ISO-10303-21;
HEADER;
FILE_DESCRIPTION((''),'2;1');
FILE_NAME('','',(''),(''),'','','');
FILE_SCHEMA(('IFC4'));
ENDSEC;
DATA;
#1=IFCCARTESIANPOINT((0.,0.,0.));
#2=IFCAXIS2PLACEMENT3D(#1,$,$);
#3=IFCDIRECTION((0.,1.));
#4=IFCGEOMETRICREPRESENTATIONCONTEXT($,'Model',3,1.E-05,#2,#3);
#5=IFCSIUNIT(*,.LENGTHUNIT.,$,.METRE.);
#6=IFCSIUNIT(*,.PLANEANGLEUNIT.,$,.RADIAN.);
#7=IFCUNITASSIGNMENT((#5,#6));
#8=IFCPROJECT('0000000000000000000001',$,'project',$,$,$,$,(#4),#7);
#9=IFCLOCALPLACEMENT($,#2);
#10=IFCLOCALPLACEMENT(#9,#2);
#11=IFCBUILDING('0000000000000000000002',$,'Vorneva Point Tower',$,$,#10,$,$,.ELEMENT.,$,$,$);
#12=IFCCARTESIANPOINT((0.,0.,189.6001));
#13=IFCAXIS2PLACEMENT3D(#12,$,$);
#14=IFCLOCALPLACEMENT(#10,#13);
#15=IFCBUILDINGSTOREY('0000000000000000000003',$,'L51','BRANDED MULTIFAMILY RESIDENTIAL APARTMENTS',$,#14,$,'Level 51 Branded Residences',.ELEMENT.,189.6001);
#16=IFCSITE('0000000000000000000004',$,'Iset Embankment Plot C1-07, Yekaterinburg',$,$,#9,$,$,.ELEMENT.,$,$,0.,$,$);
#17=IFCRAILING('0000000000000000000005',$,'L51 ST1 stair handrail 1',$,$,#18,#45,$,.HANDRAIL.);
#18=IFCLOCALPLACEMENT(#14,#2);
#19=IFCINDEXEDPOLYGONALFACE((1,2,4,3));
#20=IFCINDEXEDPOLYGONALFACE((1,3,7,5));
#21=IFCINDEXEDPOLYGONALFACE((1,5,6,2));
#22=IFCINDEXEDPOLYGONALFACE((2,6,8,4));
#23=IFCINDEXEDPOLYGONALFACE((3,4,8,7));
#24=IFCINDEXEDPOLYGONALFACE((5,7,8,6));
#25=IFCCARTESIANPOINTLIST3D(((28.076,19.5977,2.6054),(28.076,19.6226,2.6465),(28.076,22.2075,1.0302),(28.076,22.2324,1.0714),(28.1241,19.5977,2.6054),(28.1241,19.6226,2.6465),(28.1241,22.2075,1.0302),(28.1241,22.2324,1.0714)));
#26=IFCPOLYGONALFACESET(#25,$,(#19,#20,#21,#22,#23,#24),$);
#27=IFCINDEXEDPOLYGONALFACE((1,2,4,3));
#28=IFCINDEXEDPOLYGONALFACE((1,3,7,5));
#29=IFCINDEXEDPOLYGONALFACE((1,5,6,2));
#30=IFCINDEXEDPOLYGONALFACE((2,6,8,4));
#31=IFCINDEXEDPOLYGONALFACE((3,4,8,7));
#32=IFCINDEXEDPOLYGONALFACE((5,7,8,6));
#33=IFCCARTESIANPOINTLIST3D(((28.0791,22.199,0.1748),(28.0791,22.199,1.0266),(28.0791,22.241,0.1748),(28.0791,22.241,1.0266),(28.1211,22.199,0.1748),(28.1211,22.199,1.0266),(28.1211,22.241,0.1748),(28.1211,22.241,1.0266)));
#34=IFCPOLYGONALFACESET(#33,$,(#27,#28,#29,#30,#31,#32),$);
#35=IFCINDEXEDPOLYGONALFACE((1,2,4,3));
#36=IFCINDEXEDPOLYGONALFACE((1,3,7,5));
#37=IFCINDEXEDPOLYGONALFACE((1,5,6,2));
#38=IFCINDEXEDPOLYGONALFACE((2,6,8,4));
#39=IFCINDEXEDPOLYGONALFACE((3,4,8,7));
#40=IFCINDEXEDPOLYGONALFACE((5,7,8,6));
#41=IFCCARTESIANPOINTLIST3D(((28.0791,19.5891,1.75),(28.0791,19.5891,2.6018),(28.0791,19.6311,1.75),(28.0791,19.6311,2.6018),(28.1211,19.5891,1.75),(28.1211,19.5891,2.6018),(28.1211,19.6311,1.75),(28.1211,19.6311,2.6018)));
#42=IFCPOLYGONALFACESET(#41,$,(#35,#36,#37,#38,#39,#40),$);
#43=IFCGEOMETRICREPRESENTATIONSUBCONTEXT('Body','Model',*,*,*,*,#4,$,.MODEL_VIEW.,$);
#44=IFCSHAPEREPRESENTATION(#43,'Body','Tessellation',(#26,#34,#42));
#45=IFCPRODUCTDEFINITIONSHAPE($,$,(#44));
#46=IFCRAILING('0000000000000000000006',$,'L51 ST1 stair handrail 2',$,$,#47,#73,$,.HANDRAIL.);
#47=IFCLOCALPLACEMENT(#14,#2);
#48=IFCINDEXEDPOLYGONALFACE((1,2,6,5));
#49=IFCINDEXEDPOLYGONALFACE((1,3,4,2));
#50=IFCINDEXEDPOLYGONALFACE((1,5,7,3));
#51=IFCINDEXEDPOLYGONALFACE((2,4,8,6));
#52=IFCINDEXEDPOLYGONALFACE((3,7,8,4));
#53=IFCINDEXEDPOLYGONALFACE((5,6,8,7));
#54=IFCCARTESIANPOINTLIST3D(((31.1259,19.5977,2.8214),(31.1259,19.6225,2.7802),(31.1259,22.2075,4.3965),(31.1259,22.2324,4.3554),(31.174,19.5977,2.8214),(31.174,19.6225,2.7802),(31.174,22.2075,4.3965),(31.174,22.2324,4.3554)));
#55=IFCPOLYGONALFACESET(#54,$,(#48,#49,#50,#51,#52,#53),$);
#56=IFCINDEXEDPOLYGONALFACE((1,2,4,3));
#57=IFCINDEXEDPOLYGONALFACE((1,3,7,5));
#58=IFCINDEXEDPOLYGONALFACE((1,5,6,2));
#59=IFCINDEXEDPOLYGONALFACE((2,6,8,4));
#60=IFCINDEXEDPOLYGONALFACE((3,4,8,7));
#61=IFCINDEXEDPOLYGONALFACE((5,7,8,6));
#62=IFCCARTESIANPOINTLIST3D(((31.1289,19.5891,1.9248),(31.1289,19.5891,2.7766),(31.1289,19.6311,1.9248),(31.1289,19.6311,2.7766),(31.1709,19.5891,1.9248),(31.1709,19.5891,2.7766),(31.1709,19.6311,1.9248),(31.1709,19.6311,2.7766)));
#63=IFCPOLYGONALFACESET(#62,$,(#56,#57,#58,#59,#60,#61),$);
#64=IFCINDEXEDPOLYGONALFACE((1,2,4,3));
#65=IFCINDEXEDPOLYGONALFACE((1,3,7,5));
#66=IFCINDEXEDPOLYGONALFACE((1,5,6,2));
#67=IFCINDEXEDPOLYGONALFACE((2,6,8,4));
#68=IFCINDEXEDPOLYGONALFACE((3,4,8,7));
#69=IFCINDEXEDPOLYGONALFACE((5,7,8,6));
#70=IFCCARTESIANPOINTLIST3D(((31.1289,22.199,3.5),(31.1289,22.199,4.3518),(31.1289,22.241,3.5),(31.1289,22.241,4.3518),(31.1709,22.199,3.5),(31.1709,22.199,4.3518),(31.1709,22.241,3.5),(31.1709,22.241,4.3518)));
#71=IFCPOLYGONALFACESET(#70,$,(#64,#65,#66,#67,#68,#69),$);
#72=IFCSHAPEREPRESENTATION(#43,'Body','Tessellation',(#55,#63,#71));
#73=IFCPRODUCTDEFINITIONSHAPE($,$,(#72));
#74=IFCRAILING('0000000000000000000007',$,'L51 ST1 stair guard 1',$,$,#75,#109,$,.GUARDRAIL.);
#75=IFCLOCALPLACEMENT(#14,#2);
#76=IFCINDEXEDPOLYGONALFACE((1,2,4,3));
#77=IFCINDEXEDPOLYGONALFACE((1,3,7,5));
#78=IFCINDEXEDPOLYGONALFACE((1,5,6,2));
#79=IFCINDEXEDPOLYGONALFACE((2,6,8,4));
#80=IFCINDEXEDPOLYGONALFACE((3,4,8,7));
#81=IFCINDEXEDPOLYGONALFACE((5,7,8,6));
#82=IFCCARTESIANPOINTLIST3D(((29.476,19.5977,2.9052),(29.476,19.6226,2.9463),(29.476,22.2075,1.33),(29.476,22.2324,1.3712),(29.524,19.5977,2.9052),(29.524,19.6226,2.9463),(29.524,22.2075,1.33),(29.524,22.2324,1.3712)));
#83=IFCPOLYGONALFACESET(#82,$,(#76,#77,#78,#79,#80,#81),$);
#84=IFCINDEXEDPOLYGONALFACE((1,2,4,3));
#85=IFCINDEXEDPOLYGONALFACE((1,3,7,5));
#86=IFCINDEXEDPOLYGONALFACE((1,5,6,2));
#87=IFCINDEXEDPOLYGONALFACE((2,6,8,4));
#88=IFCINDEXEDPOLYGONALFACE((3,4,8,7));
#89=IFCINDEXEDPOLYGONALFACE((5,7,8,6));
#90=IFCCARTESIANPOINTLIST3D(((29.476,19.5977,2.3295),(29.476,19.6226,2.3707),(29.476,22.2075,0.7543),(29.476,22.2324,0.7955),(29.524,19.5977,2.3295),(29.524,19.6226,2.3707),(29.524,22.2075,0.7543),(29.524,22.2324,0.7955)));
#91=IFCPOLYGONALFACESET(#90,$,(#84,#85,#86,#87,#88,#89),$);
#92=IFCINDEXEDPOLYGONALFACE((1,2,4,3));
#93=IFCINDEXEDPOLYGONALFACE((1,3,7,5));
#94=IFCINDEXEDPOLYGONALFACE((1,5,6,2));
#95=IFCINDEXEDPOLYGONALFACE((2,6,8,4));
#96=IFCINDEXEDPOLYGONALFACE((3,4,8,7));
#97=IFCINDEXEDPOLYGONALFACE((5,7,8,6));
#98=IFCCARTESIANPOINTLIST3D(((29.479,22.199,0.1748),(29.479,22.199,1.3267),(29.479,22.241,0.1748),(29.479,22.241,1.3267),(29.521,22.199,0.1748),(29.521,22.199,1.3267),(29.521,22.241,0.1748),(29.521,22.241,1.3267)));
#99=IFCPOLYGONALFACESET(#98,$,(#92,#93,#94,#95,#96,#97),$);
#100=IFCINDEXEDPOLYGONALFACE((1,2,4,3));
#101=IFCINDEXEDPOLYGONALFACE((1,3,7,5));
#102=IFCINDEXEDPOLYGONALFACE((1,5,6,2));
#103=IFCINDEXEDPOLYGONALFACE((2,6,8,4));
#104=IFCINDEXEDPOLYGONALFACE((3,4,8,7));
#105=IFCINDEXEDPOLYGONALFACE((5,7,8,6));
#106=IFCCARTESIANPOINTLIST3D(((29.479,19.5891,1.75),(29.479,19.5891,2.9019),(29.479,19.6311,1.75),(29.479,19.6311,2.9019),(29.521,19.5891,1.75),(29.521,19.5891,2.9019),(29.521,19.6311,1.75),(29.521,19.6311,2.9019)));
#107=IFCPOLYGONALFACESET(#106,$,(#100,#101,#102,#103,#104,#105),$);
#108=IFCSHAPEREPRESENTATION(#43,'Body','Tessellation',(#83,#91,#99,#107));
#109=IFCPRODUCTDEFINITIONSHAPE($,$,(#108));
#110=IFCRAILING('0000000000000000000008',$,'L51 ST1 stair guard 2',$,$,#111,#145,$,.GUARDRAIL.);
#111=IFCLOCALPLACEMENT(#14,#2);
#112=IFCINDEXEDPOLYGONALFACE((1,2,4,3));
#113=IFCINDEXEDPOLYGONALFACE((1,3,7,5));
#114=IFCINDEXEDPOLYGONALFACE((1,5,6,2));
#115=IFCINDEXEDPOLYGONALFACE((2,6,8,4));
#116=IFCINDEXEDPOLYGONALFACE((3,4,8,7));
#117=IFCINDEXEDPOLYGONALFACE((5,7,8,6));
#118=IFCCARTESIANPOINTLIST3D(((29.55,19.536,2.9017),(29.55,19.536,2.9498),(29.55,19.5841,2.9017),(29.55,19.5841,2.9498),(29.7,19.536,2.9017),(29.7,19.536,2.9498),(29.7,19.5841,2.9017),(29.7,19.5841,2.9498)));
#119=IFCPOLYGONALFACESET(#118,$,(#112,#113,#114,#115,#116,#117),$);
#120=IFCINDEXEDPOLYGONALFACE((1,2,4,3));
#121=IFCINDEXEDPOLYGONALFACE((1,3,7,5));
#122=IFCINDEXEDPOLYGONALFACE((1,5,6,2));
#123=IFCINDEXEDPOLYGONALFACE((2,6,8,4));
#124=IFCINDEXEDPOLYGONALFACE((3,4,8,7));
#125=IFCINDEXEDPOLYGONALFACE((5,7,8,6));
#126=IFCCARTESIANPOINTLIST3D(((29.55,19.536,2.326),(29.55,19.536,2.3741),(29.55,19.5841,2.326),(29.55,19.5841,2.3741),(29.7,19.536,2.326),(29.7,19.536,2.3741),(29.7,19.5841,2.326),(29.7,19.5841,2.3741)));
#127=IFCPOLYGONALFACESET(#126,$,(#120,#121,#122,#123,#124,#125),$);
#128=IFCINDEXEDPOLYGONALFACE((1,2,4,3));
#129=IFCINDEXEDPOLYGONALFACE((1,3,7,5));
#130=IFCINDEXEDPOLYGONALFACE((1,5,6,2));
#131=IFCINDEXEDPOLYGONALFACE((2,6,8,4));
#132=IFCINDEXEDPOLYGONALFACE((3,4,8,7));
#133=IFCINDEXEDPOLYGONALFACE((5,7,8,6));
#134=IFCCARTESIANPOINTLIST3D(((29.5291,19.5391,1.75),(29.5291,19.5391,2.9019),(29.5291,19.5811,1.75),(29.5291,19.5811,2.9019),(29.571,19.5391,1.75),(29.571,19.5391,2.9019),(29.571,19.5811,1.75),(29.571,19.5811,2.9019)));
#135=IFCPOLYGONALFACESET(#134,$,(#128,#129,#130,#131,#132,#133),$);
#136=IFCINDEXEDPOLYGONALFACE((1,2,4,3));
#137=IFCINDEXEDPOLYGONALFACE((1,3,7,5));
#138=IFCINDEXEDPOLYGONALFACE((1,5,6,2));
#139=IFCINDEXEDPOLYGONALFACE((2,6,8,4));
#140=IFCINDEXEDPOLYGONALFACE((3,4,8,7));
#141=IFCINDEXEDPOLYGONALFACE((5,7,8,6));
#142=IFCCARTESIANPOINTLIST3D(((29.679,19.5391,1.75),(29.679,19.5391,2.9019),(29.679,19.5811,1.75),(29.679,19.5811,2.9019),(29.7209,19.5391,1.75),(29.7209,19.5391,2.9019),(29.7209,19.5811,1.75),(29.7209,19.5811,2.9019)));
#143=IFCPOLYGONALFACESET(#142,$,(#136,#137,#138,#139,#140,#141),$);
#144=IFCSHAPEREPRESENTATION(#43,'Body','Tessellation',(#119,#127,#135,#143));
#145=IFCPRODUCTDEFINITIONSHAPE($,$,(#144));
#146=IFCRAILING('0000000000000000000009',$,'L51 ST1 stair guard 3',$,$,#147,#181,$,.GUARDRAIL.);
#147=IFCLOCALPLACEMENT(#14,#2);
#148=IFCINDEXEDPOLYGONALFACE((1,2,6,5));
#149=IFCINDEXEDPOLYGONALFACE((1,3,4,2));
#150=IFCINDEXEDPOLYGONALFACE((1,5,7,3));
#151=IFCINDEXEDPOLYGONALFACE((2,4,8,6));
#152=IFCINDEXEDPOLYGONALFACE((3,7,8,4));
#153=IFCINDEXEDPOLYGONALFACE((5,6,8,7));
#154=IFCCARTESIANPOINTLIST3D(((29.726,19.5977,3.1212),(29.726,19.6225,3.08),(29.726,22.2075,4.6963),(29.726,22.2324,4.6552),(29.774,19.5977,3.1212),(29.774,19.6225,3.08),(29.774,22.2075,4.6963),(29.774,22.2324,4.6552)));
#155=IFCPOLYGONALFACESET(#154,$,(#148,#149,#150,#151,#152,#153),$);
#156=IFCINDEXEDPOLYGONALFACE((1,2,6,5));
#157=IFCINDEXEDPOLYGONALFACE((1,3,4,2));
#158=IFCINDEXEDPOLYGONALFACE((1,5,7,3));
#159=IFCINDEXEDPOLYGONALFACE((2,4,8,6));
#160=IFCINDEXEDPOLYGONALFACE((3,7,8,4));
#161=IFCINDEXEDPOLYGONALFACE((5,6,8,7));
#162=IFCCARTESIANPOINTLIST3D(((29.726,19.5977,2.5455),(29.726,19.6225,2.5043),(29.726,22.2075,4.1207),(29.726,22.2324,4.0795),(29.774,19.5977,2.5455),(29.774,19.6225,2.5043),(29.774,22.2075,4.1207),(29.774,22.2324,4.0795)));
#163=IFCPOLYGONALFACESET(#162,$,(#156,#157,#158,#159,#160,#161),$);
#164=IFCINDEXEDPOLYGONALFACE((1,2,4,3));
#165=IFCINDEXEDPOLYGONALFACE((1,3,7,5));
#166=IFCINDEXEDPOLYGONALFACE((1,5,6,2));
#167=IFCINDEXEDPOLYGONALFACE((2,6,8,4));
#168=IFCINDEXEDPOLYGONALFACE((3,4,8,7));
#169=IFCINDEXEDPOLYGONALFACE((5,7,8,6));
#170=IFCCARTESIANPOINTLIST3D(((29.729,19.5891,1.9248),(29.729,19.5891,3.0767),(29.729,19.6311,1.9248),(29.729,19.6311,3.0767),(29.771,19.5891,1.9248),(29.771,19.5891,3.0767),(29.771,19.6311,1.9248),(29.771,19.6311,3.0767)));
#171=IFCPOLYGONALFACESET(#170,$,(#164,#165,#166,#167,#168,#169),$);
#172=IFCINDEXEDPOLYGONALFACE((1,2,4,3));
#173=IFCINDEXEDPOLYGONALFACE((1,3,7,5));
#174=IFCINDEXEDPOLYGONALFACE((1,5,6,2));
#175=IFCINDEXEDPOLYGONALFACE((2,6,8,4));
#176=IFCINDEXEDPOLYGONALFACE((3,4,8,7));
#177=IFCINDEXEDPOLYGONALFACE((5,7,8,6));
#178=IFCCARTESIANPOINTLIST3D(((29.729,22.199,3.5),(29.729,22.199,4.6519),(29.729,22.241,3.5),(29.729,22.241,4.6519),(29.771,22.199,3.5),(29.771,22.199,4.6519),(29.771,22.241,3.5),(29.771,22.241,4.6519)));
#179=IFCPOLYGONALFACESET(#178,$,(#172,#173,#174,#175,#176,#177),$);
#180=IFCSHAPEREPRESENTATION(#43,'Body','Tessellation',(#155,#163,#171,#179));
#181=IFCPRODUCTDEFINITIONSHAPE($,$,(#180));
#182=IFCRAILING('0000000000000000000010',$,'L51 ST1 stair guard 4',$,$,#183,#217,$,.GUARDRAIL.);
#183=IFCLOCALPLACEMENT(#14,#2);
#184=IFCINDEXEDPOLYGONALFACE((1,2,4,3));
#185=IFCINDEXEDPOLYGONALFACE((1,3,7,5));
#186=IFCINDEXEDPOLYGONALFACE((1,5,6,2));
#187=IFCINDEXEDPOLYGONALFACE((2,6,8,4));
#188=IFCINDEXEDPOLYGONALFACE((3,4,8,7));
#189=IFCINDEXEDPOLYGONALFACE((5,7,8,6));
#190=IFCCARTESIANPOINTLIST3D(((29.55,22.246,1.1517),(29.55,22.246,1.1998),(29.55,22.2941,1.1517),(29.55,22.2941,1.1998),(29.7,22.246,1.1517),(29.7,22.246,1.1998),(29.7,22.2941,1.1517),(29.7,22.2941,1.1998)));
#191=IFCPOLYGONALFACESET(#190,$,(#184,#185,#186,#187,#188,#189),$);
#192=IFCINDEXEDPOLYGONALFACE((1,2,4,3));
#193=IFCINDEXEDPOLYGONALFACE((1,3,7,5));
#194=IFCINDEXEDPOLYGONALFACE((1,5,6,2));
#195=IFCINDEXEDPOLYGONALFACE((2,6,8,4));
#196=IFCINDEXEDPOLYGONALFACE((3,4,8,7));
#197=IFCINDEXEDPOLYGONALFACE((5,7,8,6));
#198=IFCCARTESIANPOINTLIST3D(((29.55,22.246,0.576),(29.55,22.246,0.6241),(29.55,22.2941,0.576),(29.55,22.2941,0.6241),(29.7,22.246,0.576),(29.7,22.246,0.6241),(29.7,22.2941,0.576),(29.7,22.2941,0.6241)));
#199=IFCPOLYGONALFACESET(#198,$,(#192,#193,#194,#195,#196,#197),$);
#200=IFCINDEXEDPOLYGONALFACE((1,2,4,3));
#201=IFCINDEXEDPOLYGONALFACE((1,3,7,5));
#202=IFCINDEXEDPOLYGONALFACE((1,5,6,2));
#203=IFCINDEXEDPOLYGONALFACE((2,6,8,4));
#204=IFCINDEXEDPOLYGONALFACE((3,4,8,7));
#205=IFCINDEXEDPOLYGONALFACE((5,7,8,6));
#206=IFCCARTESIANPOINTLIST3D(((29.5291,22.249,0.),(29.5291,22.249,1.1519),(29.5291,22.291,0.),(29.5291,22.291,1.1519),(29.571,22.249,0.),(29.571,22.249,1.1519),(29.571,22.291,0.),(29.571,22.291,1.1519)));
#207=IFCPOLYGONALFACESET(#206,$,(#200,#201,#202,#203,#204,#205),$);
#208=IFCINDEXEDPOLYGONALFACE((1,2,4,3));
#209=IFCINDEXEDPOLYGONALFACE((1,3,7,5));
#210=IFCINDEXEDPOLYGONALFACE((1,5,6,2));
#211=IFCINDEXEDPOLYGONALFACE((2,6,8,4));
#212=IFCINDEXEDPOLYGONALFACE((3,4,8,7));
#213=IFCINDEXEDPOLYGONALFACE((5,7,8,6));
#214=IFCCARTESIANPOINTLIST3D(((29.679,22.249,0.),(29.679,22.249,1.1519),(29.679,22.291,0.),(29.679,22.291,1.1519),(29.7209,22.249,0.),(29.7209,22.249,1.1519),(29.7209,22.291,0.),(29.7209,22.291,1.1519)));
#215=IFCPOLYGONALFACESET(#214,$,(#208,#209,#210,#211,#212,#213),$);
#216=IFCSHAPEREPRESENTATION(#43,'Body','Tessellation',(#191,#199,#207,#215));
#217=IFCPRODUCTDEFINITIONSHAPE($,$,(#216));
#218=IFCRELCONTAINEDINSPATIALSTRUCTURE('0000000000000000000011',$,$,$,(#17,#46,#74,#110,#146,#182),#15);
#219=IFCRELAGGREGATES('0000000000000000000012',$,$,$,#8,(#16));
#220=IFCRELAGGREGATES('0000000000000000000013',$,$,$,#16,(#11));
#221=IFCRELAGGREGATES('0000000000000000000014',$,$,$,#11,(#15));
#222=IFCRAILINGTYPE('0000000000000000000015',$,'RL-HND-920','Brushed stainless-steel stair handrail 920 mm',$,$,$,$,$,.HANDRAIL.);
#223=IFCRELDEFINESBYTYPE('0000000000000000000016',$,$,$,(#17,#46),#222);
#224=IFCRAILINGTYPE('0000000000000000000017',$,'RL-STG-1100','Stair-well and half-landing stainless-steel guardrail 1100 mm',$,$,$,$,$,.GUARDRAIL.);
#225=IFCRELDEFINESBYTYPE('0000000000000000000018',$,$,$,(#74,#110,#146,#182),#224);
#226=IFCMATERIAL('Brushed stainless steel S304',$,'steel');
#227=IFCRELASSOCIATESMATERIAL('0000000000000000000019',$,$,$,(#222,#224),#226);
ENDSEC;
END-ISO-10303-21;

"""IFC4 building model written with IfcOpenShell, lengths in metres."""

from ifc_helpers import new_model, si_unit, direction, frame, origin, origin_2d, place, context, subcontext, project, spatial, rectangle, extrude, material, type_object, element, save


model = new_model("IFC4")

# Units and contexts
model_context = context("Model", 3, precision=1e-05, world=origin(), true_north=direction((0.0, 1.0)))
body_context = subcontext(model_context, "Body", "Model", "MODEL_VIEW")
ifc_project = project(units=[si_unit("LENGTHUNIT", "METRE"), si_unit("PLANEANGLEUNIT", "RADIAN")], contexts=[model_context])

# Site, building, storey
site_placement = place(None, origin())
site = spatial("IfcSite", under=ifc_project, at=site_placement, Name="Iset Embankment Plot C1-07, Yekaterinburg", CompositionType="ELEMENT", RefElevation=0.0)
building_placement = place(site_placement, origin())
building = spatial("IfcBuilding", under=site, at=building_placement, Name="Vorneva Point Tower", CompositionType="ELEMENT")
storey_placement = place(building_placement, frame((0.0, 0.0, 189.6001)))
storey = spatial("IfcBuildingStorey", under=building, at=storey_placement, Name="L51", Description="BRANDED MULTIFAMILY RESIDENTIAL APARTMENTS", LongName="Level 51 Branded Residences", CompositionType="ELEMENT", Elevation=189.6001)

# Shared definitions
ifc_material_1 = material(Name="Brushed stainless steel S304", Category="steel")

# Railings
railing_type_1 = type_object("IfcRailingType", Name="RL-HND-920", Description="Brushed stainless-steel stair handrail 920 mm", PredefinedType="HANDRAIL", material=ifc_material_1)
railing_1_placement = place(storey_placement, frame((28.1001, 22.22, 0.1748)))
element("IfcRailing", 1, at=railing_1_placement, inside=storey, type_object=railing_type_1, Name="L51 ST1 stair handrail 1", PredefinedType="HANDRAIL", context=body_context, shape_type="SweptSolid", body=[
    extrude(rectangle(XDim=0.0481, YDim=0.0481, at=origin_2d()), frame((0.0, 0.0, 0.876), z_axis=(0.0, -0.856147, 0.516732), x_axis=(1.0, 0.0, 0.0)), (0.0, 0.0, 1.0), 3.0483),
    extrude(rectangle(XDim=0.042, YDim=0.042, at=origin_2d()), origin(), (0.0, 0.0, 1.0), 0.8518),
    extrude(rectangle(XDim=0.042, YDim=0.042, at=origin_2d()), frame((0.0, -2.6099, 1.5752)), (0.0, 0.0, 1.0), 0.8518),
])
railing_2_placement = place(storey_placement, frame((31.1499, 19.6101, 1.9248)))
element("IfcRailing", 2, at=railing_2_placement, inside=storey, type_object=railing_type_1, Name="L51 ST1 stair handrail 2", PredefinedType="HANDRAIL", context=body_context, shape_type="SweptSolid", body=[
    extrude(rectangle(XDim=0.0481, YDim=0.0481, at=origin_2d()), frame((0.0, 0.0, 0.876), z_axis=(0.0, 0.856147, 0.516732), x_axis=(-1.0, 0.0, 0.0)), (0.0, 0.0, 1.0), 3.0483),
    extrude(rectangle(XDim=0.042, YDim=0.042, at=origin_2d()), origin(), (0.0, 0.0, 1.0), 0.8518),
    extrude(rectangle(XDim=0.042, YDim=0.042, at=origin_2d()), frame((0.0, 2.6099, 1.5752)), (0.0, 0.0, 1.0), 0.8518),
])
railing_type_2 = type_object("IfcRailingType", Name="RL-STG-1100", Description="Stair-well and half-landing stainless-steel guardrail 1100 mm", PredefinedType="GUARDRAIL", material=ifc_material_1)
railing_3_placement = place(storey_placement, frame((29.5, 22.22, 0.1748)))
element("IfcRailing", 3, at=railing_3_placement, inside=storey, type_object=railing_type_2, Name="L51 ST1 stair guard 1", PredefinedType="GUARDRAIL", context=body_context, shape_type="SweptSolid", body=[
    extrude(rectangle(XDim=0.0481, YDim=0.0481, at=origin_2d()), frame((0.0, 0.0, 1.1758), z_axis=(0.0, -0.856147, 0.516732), x_axis=(1.0, 0.0, 0.0)), (0.0, 0.0, 1.0), 3.0483),
    extrude(rectangle(XDim=0.0481, YDim=0.0481, at=origin_2d()), frame((0.0, 0.0, 0.6001), z_axis=(0.0, -0.856147, 0.516732), x_axis=(1.0, 0.0, 0.0)), (0.0, 0.0, 1.0), 3.0483),
    extrude(rectangle(XDim=0.042, YDim=0.042, at=origin_2d()), origin(), (0.0, 0.0, 1.0), 1.1519),
    extrude(rectangle(XDim=0.042, YDim=0.042, at=origin_2d()), frame((0.0, -2.6099, 1.5752)), (0.0, 0.0, 1.0), 1.1519),
])
railing_4_placement = place(storey_placement, frame((29.55, 19.5601, 1.75)))
element("IfcRailing", 4, at=railing_4_placement, inside=storey, type_object=railing_type_2, Name="L51 ST1 stair guard 2", PredefinedType="GUARDRAIL", context=body_context, shape_type="SweptSolid", body=[
    extrude(rectangle(XDim=0.0481, YDim=0.0481, at=origin_2d()), frame((0.0, 0.0, 1.1758), z_axis=(1.0, 0.0, 0.0), x_axis=(0.0, 1.0, 0.0)), (0.0, 0.0, 1.0), 0.1499),
    extrude(rectangle(XDim=0.0481, YDim=0.0481, at=origin_2d()), frame((0.0, 0.0, 0.6001), z_axis=(1.0, 0.0, 0.0), x_axis=(0.0, 1.0, 0.0)), (0.0, 0.0, 1.0), 0.1499),
    extrude(rectangle(XDim=0.042, YDim=0.042, at=origin_2d()), origin(), (0.0, 0.0, 1.0), 1.1519),
    extrude(rectangle(XDim=0.042, YDim=0.042, at=origin_2d()), frame((0.1499, 0.0, 0.0)), (0.0, 0.0, 1.0), 1.1519),
])
railing_5_placement = place(storey_placement, frame((29.75, 19.6101, 1.9248)))
element("IfcRailing", 5, at=railing_5_placement, inside=storey, type_object=railing_type_2, Name="L51 ST1 stair guard 3", PredefinedType="GUARDRAIL", context=body_context, shape_type="SweptSolid", body=[
    extrude(rectangle(XDim=0.0481, YDim=0.0481, at=origin_2d()), frame((0.0, 0.0, 1.1758), z_axis=(0.0, 0.856147, 0.516732), x_axis=(-1.0, 0.0, 0.0)), (0.0, 0.0, 1.0), 3.0483),
    extrude(rectangle(XDim=0.0481, YDim=0.0481, at=origin_2d()), frame((0.0, 0.0, 0.6001), z_axis=(0.0, 0.856147, 0.516732), x_axis=(-1.0, 0.0, 0.0)), (0.0, 0.0, 1.0), 3.0483),
    extrude(rectangle(XDim=0.042, YDim=0.042, at=origin_2d()), origin(), (0.0, 0.0, 1.0), 1.1519),
    extrude(rectangle(XDim=0.042, YDim=0.042, at=origin_2d()), frame((0.0, 2.6099, 1.5752)), (0.0, 0.0, 1.0), 1.1519),
])
railing_6_placement = place(storey_placement, frame((29.55, 22.27, 0.0)))
element("IfcRailing", 6, at=railing_6_placement, inside=storey, type_object=railing_type_2, Name="L51 ST1 stair guard 4", PredefinedType="GUARDRAIL", context=body_context, shape_type="SweptSolid", body=[
    extrude(rectangle(XDim=0.0481, YDim=0.0481, at=origin_2d()), frame((0.0, 0.0, 1.1758), z_axis=(1.0, 0.0, 0.0), x_axis=(0.0, 1.0, 0.0)), (0.0, 0.0, 1.0), 0.1499),
    extrude(rectangle(XDim=0.0481, YDim=0.0481, at=origin_2d()), frame((0.0, 0.0, 0.6001), z_axis=(1.0, 0.0, 0.0), x_axis=(0.0, 1.0, 0.0)), (0.0, 0.0, 1.0), 0.1499),
    extrude(rectangle(XDim=0.042, YDim=0.042, at=origin_2d()), origin(), (0.0, 0.0, 1.0), 1.1519),
    extrude(rectangle(XDim=0.042, YDim=0.042, at=origin_2d()), frame((0.1499, 0.0, 0.0)), (0.0, 0.0, 1.0), 1.1519),
])

save(model, "model.ifc")
